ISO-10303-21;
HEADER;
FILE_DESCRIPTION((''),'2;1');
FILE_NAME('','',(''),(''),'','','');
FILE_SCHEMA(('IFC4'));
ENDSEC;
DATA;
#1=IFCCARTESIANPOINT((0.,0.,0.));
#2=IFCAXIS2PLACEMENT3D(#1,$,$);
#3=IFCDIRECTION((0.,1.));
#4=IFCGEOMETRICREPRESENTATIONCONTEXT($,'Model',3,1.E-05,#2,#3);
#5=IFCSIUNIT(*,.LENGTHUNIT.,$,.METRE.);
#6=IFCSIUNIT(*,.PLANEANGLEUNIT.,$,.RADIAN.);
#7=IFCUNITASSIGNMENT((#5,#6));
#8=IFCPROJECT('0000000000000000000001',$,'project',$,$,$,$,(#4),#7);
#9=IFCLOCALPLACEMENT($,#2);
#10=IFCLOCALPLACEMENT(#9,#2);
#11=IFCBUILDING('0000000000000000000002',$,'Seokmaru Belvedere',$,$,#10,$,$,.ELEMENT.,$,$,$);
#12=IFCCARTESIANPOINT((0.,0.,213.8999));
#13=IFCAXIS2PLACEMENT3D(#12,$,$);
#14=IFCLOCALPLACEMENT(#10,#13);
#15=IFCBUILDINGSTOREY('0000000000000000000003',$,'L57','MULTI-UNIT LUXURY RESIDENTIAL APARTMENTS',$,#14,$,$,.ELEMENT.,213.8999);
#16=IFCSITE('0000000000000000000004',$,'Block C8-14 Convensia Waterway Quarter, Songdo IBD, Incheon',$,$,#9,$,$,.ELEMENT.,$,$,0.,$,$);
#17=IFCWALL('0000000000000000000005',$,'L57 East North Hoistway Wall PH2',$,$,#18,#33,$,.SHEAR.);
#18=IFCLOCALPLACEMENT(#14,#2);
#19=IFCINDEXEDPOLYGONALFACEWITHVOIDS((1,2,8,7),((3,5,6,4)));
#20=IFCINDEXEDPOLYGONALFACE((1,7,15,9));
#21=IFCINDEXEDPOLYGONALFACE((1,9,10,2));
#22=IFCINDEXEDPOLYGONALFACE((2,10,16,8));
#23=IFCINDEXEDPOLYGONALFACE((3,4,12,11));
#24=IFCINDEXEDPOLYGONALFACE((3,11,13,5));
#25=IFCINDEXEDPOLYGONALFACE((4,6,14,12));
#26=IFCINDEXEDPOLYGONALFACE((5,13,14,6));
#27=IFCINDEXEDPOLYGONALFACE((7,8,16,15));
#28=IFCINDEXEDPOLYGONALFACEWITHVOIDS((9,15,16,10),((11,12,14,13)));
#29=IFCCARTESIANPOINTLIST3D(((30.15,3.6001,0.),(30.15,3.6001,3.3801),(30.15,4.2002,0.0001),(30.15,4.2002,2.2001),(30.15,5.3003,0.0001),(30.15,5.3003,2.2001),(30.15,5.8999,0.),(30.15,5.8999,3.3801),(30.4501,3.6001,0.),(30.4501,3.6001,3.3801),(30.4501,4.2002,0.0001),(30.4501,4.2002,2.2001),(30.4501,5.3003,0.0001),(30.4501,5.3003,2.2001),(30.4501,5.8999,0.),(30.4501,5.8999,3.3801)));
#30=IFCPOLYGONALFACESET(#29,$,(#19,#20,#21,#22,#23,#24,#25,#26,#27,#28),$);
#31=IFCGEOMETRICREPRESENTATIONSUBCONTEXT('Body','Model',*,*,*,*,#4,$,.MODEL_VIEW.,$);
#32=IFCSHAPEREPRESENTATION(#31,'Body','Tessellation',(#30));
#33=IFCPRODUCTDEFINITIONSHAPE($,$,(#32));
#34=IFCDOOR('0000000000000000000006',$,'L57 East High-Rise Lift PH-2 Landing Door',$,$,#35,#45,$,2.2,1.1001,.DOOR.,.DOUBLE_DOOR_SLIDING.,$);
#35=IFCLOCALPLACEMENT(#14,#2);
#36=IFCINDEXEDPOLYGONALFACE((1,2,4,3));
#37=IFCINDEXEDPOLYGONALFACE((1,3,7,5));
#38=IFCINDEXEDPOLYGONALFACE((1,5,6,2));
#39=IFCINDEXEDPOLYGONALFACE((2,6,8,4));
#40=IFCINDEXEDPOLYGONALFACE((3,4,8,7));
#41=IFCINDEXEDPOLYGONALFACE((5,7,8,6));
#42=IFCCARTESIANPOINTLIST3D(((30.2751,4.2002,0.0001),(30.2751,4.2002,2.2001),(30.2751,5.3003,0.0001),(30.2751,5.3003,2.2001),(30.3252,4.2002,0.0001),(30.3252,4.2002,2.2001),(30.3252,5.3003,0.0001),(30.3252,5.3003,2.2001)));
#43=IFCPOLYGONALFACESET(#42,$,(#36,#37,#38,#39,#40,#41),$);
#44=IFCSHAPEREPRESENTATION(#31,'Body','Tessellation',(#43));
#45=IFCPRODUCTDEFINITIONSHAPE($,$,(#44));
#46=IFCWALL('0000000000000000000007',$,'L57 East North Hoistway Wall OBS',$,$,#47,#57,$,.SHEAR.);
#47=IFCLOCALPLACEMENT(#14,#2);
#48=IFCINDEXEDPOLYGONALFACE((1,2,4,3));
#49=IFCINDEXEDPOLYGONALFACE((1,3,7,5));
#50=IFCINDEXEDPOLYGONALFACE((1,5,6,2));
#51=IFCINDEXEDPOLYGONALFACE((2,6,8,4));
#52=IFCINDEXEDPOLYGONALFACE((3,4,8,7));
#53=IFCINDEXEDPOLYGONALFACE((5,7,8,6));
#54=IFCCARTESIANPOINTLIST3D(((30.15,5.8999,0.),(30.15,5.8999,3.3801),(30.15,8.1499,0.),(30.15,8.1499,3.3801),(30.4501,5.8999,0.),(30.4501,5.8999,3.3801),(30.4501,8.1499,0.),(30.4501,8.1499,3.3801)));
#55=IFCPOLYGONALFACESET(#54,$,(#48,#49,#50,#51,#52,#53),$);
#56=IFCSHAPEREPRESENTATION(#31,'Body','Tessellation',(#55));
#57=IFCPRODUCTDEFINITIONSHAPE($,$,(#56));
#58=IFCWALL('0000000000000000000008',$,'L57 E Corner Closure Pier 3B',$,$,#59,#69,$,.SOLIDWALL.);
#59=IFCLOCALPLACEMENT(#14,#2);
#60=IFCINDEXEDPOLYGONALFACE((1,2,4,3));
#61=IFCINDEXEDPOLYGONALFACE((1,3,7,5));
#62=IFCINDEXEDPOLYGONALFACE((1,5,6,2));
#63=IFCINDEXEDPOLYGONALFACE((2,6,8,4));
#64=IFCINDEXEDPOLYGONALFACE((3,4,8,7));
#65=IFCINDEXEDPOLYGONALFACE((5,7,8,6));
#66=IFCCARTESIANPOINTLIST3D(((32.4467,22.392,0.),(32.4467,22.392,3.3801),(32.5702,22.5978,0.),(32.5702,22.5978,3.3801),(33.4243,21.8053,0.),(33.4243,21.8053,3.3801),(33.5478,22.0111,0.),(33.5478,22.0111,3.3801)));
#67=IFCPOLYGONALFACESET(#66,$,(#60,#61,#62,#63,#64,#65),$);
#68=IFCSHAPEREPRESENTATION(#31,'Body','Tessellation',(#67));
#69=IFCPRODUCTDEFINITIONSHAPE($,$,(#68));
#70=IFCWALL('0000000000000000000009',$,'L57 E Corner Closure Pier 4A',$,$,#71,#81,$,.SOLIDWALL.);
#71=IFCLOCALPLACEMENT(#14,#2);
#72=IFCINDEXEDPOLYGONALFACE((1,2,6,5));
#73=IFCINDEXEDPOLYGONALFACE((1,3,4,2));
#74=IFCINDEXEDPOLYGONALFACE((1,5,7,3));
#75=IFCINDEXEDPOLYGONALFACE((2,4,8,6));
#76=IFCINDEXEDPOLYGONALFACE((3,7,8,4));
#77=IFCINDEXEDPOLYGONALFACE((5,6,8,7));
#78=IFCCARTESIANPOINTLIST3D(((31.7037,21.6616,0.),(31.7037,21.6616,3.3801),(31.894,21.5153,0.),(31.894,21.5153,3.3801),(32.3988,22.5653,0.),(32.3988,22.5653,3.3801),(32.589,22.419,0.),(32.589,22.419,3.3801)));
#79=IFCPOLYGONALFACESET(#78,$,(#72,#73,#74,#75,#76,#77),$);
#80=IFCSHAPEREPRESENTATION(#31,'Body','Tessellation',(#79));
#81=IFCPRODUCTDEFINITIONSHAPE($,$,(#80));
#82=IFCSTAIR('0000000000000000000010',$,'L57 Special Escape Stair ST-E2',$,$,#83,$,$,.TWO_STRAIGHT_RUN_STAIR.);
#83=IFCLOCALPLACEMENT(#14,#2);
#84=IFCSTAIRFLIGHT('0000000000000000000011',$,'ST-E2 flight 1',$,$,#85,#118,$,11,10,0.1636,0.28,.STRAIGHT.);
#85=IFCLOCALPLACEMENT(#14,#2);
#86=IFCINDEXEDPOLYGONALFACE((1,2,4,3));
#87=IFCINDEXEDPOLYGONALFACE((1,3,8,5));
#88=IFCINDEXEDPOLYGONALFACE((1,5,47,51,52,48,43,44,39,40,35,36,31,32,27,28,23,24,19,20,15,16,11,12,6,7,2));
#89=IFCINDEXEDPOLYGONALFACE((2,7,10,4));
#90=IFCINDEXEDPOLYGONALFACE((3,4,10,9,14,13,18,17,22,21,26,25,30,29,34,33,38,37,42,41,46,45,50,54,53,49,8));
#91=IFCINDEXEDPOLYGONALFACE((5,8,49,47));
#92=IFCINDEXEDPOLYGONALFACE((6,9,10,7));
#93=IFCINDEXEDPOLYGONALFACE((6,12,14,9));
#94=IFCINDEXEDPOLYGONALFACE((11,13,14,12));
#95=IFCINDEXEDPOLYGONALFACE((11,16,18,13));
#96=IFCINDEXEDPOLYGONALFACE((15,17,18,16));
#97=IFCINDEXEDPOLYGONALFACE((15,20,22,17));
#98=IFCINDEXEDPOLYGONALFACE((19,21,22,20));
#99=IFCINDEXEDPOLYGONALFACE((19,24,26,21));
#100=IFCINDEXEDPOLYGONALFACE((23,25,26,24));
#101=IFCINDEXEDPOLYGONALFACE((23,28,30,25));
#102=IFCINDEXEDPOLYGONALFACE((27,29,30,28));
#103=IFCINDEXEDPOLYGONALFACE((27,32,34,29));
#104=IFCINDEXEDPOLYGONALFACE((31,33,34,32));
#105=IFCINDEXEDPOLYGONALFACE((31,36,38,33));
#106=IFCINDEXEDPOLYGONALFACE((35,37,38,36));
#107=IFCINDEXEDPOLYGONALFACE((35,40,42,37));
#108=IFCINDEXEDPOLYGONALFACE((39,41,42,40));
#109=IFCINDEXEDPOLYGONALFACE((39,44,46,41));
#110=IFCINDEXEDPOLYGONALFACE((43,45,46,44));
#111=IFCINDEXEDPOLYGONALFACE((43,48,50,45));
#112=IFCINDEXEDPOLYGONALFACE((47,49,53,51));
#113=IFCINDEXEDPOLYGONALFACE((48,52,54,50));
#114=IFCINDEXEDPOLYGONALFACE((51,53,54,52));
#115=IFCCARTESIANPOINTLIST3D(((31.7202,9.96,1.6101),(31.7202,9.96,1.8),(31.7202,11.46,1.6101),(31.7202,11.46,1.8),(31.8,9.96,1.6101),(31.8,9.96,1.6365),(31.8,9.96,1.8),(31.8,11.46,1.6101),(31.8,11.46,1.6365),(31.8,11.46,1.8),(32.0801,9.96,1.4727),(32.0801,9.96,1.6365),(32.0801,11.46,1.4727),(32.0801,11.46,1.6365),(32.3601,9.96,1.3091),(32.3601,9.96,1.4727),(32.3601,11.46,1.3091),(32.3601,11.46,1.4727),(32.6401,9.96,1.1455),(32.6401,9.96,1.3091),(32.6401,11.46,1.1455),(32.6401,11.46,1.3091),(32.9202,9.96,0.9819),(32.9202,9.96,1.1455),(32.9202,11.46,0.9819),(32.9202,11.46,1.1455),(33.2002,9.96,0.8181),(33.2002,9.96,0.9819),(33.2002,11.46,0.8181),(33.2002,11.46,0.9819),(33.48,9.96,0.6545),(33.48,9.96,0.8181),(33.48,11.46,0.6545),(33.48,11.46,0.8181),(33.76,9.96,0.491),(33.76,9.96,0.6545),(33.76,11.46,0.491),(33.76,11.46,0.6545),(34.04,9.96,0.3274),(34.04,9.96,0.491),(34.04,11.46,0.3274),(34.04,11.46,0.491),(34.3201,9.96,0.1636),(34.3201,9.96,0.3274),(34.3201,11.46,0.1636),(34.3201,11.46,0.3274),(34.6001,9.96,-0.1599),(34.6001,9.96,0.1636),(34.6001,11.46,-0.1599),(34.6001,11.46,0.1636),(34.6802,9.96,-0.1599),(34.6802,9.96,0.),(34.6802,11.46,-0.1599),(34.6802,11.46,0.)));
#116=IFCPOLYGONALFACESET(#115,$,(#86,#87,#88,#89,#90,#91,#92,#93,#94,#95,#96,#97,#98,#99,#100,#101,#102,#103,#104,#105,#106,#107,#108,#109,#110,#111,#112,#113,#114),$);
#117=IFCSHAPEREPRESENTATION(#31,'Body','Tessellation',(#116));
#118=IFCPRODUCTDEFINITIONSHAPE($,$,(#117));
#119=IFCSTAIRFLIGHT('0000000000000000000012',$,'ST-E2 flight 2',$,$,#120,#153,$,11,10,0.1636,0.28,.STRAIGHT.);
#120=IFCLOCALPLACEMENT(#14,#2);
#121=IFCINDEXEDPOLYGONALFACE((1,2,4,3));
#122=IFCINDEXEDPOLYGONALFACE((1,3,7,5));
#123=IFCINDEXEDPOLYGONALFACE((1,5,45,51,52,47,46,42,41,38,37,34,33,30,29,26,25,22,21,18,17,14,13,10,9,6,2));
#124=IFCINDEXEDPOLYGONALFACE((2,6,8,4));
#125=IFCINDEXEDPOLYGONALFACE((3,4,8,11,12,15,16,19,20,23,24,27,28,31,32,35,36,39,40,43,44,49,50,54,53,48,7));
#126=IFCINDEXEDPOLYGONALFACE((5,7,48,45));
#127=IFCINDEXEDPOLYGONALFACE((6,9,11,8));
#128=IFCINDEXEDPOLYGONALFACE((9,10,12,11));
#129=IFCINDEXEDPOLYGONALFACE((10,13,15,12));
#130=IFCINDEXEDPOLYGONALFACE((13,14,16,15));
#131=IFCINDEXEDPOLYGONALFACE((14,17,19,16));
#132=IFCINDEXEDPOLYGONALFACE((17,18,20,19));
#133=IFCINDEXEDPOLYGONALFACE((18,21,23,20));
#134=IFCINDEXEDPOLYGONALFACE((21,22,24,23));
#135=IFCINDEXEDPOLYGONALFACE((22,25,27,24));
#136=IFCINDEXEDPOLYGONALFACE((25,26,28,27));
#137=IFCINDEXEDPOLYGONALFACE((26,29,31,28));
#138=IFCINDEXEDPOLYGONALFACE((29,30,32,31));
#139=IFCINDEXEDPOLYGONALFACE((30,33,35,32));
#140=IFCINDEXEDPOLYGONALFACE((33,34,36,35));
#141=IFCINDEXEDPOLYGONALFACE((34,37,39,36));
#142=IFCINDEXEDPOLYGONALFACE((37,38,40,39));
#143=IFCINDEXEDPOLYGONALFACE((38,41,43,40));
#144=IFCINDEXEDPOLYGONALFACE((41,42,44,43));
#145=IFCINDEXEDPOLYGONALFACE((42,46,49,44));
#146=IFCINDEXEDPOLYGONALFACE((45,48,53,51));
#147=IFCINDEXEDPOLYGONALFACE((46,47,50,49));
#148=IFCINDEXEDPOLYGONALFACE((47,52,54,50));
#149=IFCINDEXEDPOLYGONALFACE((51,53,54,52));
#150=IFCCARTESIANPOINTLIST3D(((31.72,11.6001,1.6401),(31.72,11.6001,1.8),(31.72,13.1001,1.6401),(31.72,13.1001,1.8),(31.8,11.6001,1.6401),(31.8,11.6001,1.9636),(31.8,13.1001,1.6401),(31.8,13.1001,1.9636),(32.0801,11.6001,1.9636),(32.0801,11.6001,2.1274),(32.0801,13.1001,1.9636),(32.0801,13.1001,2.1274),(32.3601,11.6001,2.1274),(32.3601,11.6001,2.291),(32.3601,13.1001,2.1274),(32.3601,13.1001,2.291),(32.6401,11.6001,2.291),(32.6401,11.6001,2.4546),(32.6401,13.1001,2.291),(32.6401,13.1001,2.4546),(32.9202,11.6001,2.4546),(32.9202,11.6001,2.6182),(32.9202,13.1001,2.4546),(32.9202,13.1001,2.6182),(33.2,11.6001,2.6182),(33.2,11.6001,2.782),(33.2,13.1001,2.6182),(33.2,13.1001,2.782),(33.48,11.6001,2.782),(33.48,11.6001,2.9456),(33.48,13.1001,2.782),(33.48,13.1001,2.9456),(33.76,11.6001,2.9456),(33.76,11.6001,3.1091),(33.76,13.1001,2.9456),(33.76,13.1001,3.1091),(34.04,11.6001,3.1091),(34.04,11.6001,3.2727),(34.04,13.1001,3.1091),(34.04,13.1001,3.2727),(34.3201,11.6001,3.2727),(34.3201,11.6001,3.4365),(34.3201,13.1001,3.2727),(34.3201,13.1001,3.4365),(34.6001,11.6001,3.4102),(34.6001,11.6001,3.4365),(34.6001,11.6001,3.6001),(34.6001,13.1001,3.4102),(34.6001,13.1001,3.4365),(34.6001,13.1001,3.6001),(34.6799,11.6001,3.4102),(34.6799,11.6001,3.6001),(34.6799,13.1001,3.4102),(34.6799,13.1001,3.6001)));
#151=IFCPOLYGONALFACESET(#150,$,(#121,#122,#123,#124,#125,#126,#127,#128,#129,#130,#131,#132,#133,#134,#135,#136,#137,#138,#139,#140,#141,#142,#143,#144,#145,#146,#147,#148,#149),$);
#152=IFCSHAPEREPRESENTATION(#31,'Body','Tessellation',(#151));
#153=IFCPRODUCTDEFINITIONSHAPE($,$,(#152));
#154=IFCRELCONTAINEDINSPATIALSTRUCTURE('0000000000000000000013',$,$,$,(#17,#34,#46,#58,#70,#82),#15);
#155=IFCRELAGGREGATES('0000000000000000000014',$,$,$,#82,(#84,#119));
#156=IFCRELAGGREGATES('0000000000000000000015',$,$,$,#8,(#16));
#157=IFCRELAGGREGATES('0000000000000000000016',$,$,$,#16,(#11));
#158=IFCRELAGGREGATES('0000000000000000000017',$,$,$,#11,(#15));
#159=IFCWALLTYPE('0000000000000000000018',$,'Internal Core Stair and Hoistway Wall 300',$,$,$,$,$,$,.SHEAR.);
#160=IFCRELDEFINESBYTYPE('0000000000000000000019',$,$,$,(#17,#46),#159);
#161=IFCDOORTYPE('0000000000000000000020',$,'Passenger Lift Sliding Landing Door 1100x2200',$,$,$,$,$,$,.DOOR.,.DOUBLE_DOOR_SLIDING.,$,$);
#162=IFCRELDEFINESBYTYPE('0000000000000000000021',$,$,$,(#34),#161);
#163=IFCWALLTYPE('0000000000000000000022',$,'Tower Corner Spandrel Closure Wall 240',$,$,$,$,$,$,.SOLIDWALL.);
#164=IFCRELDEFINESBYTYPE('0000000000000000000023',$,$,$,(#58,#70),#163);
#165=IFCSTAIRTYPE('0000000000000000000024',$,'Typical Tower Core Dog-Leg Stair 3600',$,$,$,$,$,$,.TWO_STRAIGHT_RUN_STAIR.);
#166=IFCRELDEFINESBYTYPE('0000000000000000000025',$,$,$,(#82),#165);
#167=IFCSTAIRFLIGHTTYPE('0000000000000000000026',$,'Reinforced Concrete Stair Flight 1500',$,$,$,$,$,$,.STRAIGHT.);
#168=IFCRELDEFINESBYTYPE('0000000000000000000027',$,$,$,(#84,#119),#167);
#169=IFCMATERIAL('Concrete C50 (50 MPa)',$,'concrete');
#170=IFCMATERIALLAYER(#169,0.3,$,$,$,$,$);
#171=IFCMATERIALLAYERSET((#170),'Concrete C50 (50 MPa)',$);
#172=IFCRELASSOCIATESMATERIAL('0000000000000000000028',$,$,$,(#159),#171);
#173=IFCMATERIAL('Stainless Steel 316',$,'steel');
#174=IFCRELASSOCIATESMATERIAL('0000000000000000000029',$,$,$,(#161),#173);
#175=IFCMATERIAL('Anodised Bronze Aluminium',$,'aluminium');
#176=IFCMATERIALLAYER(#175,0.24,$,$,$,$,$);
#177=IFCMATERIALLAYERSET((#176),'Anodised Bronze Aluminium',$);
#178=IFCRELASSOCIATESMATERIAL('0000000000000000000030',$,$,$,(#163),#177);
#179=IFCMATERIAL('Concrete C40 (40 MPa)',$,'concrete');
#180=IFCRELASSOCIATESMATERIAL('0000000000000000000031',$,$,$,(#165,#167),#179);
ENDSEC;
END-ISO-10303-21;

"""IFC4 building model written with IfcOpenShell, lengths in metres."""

from ifc_helpers import new_model, si_unit, direction, frame, frame_2d, origin, place, context, subcontext, project, spatial, polyline, rectangle, outline, extrude, source, transform, mapped, material, layer, layer_set, type_object, type_shapes, element, fill, aggregate, save


model = new_model("IFC4")

# Units and contexts
model_context = context("Model", 3, precision=1e-05, world=origin(), true_north=direction((0.0, 1.0)))
body_context = subcontext(model_context, "Body", "Model", "MODEL_VIEW")
ifc_project = project(units=[si_unit("LENGTHUNIT", "METRE"), si_unit("PLANEANGLEUNIT", "RADIAN")], contexts=[model_context])

# Site, building, storey
site_placement = place(None, origin())
site = spatial("IfcSite", under=ifc_project, at=site_placement, Name="Block C8-14 Convensia Waterway Quarter, Songdo IBD, Incheon", CompositionType="ELEMENT", RefElevation=0.0)
building_placement = place(site_placement, origin())
building = spatial("IfcBuilding", under=site, at=building_placement, Name="Seokmaru Belvedere", CompositionType="ELEMENT")
storey_placement = place(building_placement, frame((0.0, 0.0, 213.8999)))
storey = spatial("IfcBuildingStorey", under=building, at=storey_placement, Name="L57", Description="MULTI-UNIT LUXURY RESIDENTIAL APARTMENTS", CompositionType="ELEMENT", Elevation=213.8999)

# Shared definitions
ifc_material_1 = material(Name="Anodised Bronze Aluminium", Category="aluminium")

# Wall, opening, door
ifc_material_2 = material(Name="Concrete C50 (50 MPa)", Category="concrete")
ifc_layer_1 = layer(ifc_material_2, 0.3)
ifc_layer_set_1 = layer_set([ifc_layer_1], Name="Concrete C50 (50 MPa)")
wall_type_1 = type_object("IfcWallType", Name="Internal Core Stair and Hoistway Wall 300", PredefinedType="SHEAR", material=ifc_layer_set_1)
ifc_material_3 = material(Name="Stainless Steel 316", Category="steel")
door_type_1 = type_object("IfcDoorType", Name="Passenger Lift Sliding Landing Door 1100x2200", OperationType="DOUBLE_DOOR_SLIDING", PredefinedType="DOOR", material=ifc_material_3)
shared_shape_1 = source(origin(), body_context, "Body", "SweptSolid", [
    extrude(rectangle(XDim=1.1001, YDim=2.2, at=frame_2d((0.55, 1.1001))), frame((0.0, 0.0249, 0.0), z_axis=(0.0, -1.0, 0.0), x_axis=(1.0, 0.0, 0.0)), (0.0, 0.0, 1.0), 0.05),
])
type_shapes(door_type_1, [shared_shape_1])
wall_1_placement = place(storey_placement, frame((30.3, 3.6001, 0.0), z_axis=(0.0, 0.0, 1.0), x_axis=(0.0, 1.0, 0.0)))
wall_1 = element("IfcWall", 1, at=wall_1_placement, inside=storey, type_object=wall_type_1, Name="L57 East North Hoistway Wall PH2", PredefinedType="SHEAR", context=body_context, shape_type="SweptSolid", body=[
    extrude(rectangle(XDim=2.2998, YDim=0.3, at=frame_2d((1.1499, 0.0))), origin(), (0.0, 0.0, 1.0), 3.3801),
])
opening_1_placement = place(wall_1_placement, frame((0.6001, 0.0, 0.0)))
opening_1 = element("IfcOpeningElement", 2, at=opening_1_placement, cuts=wall_1, PredefinedType="OPENING", context=body_context, shape_type="SweptSolid", body=[
    extrude(rectangle(XDim=1.1001, YDim=2.2, at=frame_2d((0.55, 1.1001))), frame((0.0, 0.1602, 0.0), z_axis=(0.0, -1.0, 0.0), x_axis=(1.0, 0.0, 0.0)), (0.0, 0.0, 1.0), 0.3201),
])
door_1_placement = place(opening_1_placement, origin())
door_1 = element("IfcDoor", 3, at=door_1_placement, inside=storey, type_object=door_type_1, Name="L57 East High-Rise Lift PH-2 Landing Door", OperationType="DOUBLE_DOOR_SLIDING", OverallHeight=2.2, OverallWidth=1.1001, PredefinedType="DOOR", context=body_context, shape_type="MappedRepresentation", body=[
    mapped(shared_shape_1, transform((0.0, 0.0, 0.0), scale=1.0)),
])
fill(opening_1, door_1)

# Wall
wall_2_placement = place(storey_placement, frame((30.3, 5.8999, 0.0), z_axis=(0.0, 0.0, 1.0), x_axis=(0.0, 1.0, 0.0)))
element("IfcWall", 4, at=wall_2_placement, inside=storey, type_object=wall_type_1, Name="L57 East North Hoistway Wall OBS", PredefinedType="SHEAR", context=body_context, shape_type="SweptSolid", body=[
    extrude(rectangle(XDim=2.25, YDim=0.3, at=frame_2d((1.125, 0.0))), origin(), (0.0, 0.0, 1.0), 3.3801),
])

# Walls
ifc_layer_2 = layer(ifc_material_1, 0.24)
ifc_layer_set_2 = layer_set([ifc_layer_2], Name="Anodised Bronze Aluminium")
wall_type_2 = type_object("IfcWallType", Name="Tower Corner Spandrel Closure Wall 240", PredefinedType="SOLIDWALL", material=ifc_layer_set_2)
for number, where, z_axis, x_axis, name in (
    (5, (33.4861, 21.9082, 0.0), (0.0, 0.0, 1.0), (-0.857436, 0.51459, 0.0), "L57 E Corner Closure Pier 3B"),
    (6, (32.4939, 22.4922, 0.0), (0.0, 0.0, 1.0), (-0.609618, -0.792696, 0.0), "L57 E Corner Closure Pier 4A"),
):
    element("IfcWall", number, at=place(storey_placement, frame(where, z_axis=z_axis, x_axis=x_axis)), inside=storey, type_object=wall_type_2, Name=name, PredefinedType="SOLIDWALL", context=body_context, shape_type="SweptSolid", body=[
        extrude(rectangle(XDim=1.1401, YDim=0.24, at=frame_2d((0.5701, 0.0))), origin(), (0.0, 0.0, 1.0), 3.3801),
    ])

# Stair, stair flights
ifc_material_4 = material(Name="Concrete C40 (40 MPa)", Category="concrete")
stair_type = type_object("IfcStairType", Name="Typical Tower Core Dog-Leg Stair 3600", PredefinedType="TWO_STRAIGHT_RUN_STAIR", material=ifc_material_4)
stair_placement = place(storey_placement, origin())
stair = element("IfcStair", 7, at=stair_placement, inside=storey, type_object=stair_type, Name="L57 Special Escape Stair ST-E2", PredefinedType="TWO_STRAIGHT_RUN_STAIR")
stair_flight_type = type_object("IfcStairFlightType", Name="Reinforced Concrete Stair Flight 1500", PredefinedType="STRAIGHT", material=ifc_material_4)
stair_flight_1_placement = place(storey_placement, frame((34.6001, 10.71, 0.0), z_axis=(0.0, 0.0, 1.0), x_axis=(-1.0, 0.0, 0.0)))
stair_flight_1 = element("IfcStairFlight", 8, at=stair_flight_1_placement, type_object=stair_flight_type, Name="ST-E2 flight 1", NumberOfRisers=11, NumberOfTreads=10, PredefinedType="STRAIGHT", RiserHeight=0.1636, TreadLength=0.28, context=body_context, shape_type="SweptSolid", body=[
    extrude(outline(polyline([(-0.0801, 0.0), (0.0, 0.1636), (0.28, 0.1636), (0.28, 0.3274), (0.5601, 0.3274), (0.5601, 0.491), (0.8401, 0.491), (0.8401, 0.6545), (1.1201, 0.6545), (1.1201, 0.8181), (1.3999, 0.8181), (1.3999, 0.9819), (1.6799, 0.9819), (1.6799, 1.1455), (1.96, 1.1455), (1.96, 1.3091), (2.24, 1.3091), (2.24, 1.4727), (2.52, 1.4727), (2.52, 1.6365), (2.8, 1.6365), (2.8, 1.8), (2.8799, 1.8), (2.8799, 1.6101), (2.8, 1.6101), (0.0, -0.1599), (-0.0801, -0.1599), (-0.0801, 0.0)])), frame((0.0, 0.75, 0.0), z_axis=(0.0, -1.0, 0.0), x_axis=(1.0, 0.0, 0.0)), (0.0, 0.0, 1.0), 1.5),
])
stair_flight_2_placement = place(storey_placement, frame((31.8, 12.3501, 1.8), z_axis=(0.0, 0.0, 1.0), x_axis=(1.0, 0.0, 0.0)))
stair_flight_2 = element("IfcStairFlight", 9, at=stair_flight_2_placement, type_object=stair_flight_type, Name="ST-E2 flight 2", NumberOfRisers=11, NumberOfTreads=10, PredefinedType="STRAIGHT", RiserHeight=0.1636, TreadLength=0.28, context=body_context, shape_type="SweptSolid", body=[
    extrude(outline(polyline([(-0.0801, 0.0), (0.0, 0.1636), (0.28, 0.1636), (0.28, 0.3274), (0.5601, 0.3274), (0.5601, 0.491), (0.8401, 0.491), (0.8401, 0.6545), (1.1201, 0.6545), (1.1201, 0.8181), (1.3999, 0.8181), (1.3999, 0.9819), (1.6799, 0.9819), (1.6799, 1.1455), (1.96, 1.1455), (1.96, 1.3091), (2.24, 1.3091), (2.24, 1.4727), (2.52, 1.4727), (2.52, 1.6365), (2.8, 1.6365), (2.8, 1.8), (2.8799, 1.8), (2.8799, 1.6101), (2.8, 1.6101), (0.0, -0.1599), (-0.0801, -0.1599), (-0.0801, 0.0)])), frame((0.0, 0.75, 0.0), z_axis=(0.0, -1.0, 0.0), x_axis=(1.0, 0.0, 0.0)), (0.0, 0.0, 1.0), 1.5),
])
aggregate(stair, [stair_flight_1, stair_flight_2])

save(model, "model.ifc")
